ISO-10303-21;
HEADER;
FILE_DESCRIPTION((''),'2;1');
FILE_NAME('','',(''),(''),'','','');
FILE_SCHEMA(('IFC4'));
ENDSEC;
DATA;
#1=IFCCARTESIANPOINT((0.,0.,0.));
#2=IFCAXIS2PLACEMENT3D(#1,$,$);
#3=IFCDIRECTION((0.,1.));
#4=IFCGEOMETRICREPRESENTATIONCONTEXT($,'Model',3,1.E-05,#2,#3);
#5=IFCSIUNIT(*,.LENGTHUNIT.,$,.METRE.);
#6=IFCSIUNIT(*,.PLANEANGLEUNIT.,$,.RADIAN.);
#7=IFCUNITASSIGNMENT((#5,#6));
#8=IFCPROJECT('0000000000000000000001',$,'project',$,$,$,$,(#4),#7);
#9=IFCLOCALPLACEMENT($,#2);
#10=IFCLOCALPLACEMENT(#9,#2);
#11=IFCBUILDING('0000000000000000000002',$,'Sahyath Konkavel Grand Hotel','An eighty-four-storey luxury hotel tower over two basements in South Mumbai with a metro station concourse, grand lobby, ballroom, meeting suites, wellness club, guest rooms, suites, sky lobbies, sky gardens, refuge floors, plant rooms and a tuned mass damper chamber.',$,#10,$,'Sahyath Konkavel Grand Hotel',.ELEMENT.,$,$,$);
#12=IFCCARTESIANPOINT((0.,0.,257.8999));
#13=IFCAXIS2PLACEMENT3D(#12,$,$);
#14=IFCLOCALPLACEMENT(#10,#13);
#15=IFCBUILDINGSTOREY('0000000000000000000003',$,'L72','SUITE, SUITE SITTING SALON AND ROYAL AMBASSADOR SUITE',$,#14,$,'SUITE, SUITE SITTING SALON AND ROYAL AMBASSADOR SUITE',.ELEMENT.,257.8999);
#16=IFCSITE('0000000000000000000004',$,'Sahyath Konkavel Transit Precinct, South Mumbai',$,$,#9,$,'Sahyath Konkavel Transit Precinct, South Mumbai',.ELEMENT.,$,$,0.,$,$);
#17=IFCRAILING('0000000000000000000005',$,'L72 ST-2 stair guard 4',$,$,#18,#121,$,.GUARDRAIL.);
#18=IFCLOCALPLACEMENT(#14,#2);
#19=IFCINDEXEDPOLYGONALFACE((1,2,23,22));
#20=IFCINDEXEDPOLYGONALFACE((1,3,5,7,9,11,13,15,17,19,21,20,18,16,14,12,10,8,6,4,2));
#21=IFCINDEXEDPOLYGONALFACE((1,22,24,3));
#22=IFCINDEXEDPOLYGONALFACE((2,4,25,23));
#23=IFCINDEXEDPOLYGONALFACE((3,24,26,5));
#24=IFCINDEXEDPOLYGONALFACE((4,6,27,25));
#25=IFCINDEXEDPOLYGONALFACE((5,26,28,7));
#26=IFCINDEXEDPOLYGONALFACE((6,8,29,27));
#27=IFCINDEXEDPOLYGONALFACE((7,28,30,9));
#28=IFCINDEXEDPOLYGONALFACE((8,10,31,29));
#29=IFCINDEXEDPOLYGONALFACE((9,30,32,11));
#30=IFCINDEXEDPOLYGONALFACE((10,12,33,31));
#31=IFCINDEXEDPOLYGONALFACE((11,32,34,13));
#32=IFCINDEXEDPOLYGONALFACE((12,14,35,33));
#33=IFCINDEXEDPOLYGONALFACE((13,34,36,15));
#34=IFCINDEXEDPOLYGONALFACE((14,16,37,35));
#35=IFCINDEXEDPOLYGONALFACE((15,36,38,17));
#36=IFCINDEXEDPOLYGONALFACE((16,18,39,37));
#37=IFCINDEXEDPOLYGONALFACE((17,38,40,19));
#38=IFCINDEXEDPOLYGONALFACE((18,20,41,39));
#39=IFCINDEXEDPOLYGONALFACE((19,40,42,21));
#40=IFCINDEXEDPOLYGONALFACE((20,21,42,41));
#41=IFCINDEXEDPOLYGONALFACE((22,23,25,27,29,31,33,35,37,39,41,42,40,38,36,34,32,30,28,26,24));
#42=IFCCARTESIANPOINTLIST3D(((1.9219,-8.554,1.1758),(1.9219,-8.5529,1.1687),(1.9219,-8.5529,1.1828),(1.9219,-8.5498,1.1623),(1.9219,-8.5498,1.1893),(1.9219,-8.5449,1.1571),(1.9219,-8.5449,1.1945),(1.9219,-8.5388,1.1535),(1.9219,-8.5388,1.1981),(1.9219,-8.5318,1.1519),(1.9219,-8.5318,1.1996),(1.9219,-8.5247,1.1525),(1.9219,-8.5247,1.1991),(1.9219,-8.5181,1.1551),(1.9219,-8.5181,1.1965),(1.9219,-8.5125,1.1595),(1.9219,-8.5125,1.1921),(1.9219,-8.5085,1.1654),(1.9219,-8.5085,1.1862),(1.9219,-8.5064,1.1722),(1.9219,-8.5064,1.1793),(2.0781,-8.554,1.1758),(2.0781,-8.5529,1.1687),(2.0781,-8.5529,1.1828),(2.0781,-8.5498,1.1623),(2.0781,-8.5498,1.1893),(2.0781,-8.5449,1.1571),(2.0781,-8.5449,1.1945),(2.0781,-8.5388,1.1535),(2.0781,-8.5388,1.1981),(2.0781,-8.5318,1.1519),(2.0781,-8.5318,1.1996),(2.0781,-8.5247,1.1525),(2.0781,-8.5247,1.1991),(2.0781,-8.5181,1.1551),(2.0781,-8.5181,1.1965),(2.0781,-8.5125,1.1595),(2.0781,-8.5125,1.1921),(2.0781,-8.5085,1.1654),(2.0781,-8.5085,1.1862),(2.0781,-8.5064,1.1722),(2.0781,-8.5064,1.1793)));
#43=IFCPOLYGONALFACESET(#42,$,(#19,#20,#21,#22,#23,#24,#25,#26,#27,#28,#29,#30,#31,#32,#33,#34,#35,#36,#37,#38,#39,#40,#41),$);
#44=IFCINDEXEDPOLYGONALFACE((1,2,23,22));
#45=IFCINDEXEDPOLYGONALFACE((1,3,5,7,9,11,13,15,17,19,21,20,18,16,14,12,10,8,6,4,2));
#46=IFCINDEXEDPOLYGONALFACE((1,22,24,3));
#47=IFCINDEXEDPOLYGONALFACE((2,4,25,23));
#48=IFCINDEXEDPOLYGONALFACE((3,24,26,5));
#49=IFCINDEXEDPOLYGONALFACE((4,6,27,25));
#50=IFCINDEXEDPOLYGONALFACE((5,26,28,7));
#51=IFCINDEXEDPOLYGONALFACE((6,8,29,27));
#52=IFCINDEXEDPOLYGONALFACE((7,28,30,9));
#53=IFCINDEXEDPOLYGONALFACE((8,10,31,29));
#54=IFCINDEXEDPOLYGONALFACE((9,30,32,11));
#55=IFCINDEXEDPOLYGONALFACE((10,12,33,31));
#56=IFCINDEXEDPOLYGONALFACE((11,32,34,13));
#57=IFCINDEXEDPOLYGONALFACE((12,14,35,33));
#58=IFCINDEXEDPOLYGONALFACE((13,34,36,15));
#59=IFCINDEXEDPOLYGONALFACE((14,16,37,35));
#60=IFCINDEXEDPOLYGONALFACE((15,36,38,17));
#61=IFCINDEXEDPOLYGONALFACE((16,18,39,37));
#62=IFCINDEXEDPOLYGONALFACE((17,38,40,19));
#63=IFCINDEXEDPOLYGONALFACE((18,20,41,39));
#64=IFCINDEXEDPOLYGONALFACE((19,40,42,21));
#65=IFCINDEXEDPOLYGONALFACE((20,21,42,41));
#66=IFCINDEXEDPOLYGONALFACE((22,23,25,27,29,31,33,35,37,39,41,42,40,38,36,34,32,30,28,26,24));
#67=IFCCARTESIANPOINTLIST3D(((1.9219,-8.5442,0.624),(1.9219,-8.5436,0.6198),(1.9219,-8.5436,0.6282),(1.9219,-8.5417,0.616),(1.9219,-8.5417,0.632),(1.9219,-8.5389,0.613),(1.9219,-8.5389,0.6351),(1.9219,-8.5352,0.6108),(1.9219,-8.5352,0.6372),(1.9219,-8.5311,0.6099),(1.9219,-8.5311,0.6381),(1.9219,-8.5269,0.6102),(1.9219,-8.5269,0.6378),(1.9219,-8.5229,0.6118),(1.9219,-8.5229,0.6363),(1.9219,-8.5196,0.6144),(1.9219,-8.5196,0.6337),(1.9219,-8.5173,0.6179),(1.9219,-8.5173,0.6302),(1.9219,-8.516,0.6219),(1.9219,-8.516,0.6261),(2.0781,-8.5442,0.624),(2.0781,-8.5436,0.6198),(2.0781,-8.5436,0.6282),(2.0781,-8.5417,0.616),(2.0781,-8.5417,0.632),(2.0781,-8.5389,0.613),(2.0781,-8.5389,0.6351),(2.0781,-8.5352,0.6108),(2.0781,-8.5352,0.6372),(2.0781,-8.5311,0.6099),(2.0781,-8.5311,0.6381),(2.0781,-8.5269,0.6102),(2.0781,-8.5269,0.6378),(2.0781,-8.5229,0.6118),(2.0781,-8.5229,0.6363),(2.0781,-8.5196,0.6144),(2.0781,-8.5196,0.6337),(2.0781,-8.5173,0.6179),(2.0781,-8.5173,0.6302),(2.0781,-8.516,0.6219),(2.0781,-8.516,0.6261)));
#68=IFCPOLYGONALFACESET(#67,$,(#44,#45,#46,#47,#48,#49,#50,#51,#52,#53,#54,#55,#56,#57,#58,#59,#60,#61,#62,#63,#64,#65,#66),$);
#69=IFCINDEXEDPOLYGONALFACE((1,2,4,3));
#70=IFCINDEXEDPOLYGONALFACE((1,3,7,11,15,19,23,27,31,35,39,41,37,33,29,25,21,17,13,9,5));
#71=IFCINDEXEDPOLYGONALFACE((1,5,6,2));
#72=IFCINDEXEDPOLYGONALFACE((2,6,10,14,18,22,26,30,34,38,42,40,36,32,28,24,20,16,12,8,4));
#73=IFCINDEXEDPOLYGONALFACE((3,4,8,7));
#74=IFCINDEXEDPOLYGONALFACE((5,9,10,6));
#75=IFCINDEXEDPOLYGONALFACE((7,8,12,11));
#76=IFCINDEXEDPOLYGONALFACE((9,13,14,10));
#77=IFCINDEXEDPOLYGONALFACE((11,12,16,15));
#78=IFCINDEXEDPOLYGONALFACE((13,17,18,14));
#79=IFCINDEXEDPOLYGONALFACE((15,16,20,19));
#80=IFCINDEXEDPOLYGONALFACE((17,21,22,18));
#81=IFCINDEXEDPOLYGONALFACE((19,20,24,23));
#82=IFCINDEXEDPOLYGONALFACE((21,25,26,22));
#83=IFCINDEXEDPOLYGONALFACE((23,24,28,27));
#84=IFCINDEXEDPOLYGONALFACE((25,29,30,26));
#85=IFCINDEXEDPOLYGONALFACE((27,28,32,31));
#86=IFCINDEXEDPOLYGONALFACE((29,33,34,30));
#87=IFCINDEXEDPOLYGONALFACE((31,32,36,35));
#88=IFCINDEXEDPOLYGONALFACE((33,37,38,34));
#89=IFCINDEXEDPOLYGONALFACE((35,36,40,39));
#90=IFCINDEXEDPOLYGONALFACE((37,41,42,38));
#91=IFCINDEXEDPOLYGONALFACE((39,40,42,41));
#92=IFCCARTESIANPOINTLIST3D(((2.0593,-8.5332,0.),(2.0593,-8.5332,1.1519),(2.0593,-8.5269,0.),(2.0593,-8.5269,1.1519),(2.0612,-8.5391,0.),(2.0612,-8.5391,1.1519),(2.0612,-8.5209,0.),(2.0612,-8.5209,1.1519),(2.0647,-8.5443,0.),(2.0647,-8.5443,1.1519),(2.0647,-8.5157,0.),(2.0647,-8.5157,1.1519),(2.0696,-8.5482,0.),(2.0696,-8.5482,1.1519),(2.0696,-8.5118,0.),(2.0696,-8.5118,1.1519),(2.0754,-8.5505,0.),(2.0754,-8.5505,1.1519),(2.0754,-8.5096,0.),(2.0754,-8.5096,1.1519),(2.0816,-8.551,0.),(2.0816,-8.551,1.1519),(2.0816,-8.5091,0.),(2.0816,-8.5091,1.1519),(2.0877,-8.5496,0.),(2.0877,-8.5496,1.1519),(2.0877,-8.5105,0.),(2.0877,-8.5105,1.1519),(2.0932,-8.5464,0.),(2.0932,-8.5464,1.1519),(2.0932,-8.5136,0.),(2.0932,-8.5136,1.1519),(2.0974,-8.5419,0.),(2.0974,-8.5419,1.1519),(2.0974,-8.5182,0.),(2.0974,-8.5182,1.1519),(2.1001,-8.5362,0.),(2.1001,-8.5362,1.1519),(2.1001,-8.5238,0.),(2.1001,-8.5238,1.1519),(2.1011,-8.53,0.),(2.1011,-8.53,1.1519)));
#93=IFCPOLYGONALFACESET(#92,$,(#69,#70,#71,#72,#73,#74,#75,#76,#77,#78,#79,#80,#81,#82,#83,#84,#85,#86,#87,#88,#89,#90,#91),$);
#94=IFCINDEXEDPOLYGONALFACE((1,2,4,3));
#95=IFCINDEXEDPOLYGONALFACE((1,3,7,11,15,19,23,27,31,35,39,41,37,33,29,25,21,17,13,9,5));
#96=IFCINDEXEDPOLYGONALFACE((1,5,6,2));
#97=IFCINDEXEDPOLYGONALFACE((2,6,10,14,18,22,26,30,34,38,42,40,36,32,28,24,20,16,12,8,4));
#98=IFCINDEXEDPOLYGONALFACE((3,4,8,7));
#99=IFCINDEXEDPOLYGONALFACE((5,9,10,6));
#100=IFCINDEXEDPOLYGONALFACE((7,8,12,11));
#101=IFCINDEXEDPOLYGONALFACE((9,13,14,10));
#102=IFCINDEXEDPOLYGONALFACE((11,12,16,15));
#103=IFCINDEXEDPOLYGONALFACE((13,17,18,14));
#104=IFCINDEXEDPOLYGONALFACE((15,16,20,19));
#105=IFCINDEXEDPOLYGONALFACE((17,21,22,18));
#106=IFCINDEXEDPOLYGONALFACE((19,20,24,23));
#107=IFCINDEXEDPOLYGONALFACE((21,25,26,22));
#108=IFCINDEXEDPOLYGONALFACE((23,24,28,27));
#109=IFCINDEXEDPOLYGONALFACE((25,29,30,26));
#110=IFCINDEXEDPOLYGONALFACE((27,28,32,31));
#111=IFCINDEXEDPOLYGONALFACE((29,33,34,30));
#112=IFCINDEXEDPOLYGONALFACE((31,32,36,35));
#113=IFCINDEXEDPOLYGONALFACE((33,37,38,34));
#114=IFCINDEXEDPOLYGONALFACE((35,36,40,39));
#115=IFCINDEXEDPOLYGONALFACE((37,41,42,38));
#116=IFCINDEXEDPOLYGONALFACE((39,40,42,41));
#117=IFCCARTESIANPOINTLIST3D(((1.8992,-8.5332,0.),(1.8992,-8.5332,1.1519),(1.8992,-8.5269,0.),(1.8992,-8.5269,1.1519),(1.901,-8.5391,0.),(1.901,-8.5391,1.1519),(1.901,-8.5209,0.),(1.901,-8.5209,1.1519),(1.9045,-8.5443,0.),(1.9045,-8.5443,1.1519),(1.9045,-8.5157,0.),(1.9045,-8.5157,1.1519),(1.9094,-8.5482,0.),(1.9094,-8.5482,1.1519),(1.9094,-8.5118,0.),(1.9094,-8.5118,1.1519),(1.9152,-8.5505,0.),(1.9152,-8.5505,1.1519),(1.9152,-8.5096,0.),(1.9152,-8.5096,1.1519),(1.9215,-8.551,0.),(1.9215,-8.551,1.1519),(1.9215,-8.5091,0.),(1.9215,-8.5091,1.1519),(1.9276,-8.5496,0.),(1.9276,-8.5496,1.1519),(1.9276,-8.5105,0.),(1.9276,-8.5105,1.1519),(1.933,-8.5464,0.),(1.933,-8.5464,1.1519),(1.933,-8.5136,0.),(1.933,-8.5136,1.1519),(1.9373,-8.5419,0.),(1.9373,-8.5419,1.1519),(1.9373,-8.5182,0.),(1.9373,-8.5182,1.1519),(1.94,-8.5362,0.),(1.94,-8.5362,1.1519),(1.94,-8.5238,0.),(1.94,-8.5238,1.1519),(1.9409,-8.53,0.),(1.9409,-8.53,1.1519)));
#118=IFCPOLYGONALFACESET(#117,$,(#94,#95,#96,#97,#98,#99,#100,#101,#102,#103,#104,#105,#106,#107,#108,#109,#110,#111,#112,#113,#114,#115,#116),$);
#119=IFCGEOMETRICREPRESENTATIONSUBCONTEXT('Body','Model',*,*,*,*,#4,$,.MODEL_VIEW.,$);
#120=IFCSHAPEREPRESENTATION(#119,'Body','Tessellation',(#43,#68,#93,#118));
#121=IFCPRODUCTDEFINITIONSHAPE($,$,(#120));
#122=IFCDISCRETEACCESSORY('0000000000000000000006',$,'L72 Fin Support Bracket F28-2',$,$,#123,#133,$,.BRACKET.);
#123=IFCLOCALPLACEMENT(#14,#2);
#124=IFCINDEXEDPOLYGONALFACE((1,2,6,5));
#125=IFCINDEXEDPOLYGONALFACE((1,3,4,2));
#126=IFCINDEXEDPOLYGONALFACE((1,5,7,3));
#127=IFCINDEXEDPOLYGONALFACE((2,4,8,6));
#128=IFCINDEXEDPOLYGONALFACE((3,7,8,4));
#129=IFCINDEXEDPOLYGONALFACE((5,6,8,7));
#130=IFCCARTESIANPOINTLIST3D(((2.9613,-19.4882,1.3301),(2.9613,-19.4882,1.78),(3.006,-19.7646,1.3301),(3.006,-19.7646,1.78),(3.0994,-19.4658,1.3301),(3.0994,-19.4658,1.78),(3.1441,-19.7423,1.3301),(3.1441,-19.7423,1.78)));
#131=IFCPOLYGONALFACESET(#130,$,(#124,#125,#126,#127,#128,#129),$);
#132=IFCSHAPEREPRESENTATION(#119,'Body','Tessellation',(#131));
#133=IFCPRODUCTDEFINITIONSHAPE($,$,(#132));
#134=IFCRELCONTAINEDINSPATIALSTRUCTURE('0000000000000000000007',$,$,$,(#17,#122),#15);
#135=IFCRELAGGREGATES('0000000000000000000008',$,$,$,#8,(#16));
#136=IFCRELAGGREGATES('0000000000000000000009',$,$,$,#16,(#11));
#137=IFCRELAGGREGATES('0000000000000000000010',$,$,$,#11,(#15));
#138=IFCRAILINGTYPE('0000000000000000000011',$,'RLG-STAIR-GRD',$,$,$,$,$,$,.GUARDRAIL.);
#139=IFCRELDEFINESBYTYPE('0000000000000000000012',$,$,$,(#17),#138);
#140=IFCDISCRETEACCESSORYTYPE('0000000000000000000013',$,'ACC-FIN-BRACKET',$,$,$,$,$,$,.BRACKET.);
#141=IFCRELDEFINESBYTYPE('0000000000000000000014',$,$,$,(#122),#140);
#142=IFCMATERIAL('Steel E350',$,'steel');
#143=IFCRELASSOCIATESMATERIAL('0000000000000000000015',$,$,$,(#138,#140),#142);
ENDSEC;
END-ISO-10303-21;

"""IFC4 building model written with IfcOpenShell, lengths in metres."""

from ifc_helpers import new_model, si_unit, direction, frame, origin, origin_2d, place, context, subcontext, project, spatial, rectangle, circle, extrude, source, transform, mapped, material, type_object, element, save


model = new_model("IFC4")

# Units and contexts
model_context = context("Model", 3, precision=1e-05, world=origin(), true_north=direction((0.0, 1.0)))
body_context = subcontext(model_context, "Body", "Model", "MODEL_VIEW")
ifc_project = project(units=[si_unit("LENGTHUNIT", "METRE"), si_unit("PLANEANGLEUNIT", "RADIAN")], contexts=[model_context])

# Site, building, storey
site_placement = place(None, origin())
site = spatial("IfcSite", under=ifc_project, at=site_placement, Name="Sahyath Konkavel Transit Precinct, South Mumbai", LongName="Sahyath Konkavel Transit Precinct, South Mumbai", CompositionType="ELEMENT", RefElevation=0.0)
building_placement = place(site_placement, origin())
building = spatial("IfcBuilding", under=site, at=building_placement, Name="Sahyath Konkavel Grand Hotel", Description="An eighty-four-storey luxury hotel tower over two basements in South Mumbai with a metro station concourse, grand lobby, ballroom, meeting suites, wellness club, guest rooms, suites, sky lobbies, sky gardens, refuge floors, plant rooms and a tuned mass damper chamber.", LongName="Sahyath Konkavel Grand Hotel", CompositionType="ELEMENT")
storey_placement = place(building_placement, frame((0.0, 0.0, 257.8999)))
storey = spatial("IfcBuildingStorey", under=building, at=storey_placement, Name="L72", Description="SUITE, SUITE SITTING SALON AND ROYAL AMBASSADOR SUITE", LongName="SUITE, SUITE SITTING SALON AND ROYAL AMBASSADOR SUITE", CompositionType="ELEMENT", Elevation=257.8999)

# Shared definitions
ifc_material_1 = material(Name="Steel E350", Category="steel")

# Railing
railing_type = type_object("IfcRailingType", Name="RLG-STAIR-GRD", PredefinedType="GUARDRAIL", material=ifc_material_1)
railing_1_placement = place(storey_placement, frame((2.0801, -8.53, 0.0)))
element("IfcRailing", 1, at=railing_1_placement, inside=storey, type_object=railing_type, Name="L72 ST-2 stair guard 4", PredefinedType="GUARDRAIL", context=body_context, shape_type="SweptSolid", body=[
    extrude(circle(Radius=0.0239, at=origin_2d()), frame((-0.002, 0.0, 1.1758), z_axis=(-1.0, 0.0, 0.0), x_axis=(0.0, -1.0, 0.0)), (0.0, 0.0, 1.0), 0.1562),
    extrude(circle(Radius=0.0142, at=origin_2d()), frame((-0.002, 0.0, 0.624), z_axis=(-1.0, 0.0, 0.0), x_axis=(0.0, -1.0, 0.0)), (0.0, 0.0, 1.0), 0.1562),
    extrude(circle(Radius=0.021, at=origin_2d()), origin(), (0.0, 0.0, 1.0), 1.1519),
    extrude(circle(Radius=0.021, at=origin_2d()), frame((-0.1602, 0.0, 0.0)), (0.0, 0.0, 1.0), 1.1519),
])

# Discrete accessory
discrete_accessory_type = type_object("IfcDiscreteAccessoryType", Name="ACC-FIN-BRACKET", PredefinedType="BRACKET", material=ifc_material_1)
shared_shape_1 = source(origin(), body_context, "Body", "SweptSolid", [
    extrude(rectangle(XDim=0.28, YDim=0.1399, at=origin_2d()), origin(), (0.0, 0.0, 1.0), 0.45),
])
discrete_accessory_placement = place(storey_placement, frame((3.0527, -19.6152, 1.3301), z_axis=(0.0, 0.0, 1.0), x_axis=(0.159623, -0.987178, 0.0)))
element("IfcDiscreteAccessory", 2, at=discrete_accessory_placement, inside=storey, type_object=discrete_accessory_type, Name="L72 Fin Support Bracket F28-2", PredefinedType="BRACKET", context=body_context, shape_type="MappedRepresentation", body=[
    mapped(shared_shape_1, transform((0.0, 0.0, 0.0), scale=1.0)),
])

save(model, "model.ifc")
